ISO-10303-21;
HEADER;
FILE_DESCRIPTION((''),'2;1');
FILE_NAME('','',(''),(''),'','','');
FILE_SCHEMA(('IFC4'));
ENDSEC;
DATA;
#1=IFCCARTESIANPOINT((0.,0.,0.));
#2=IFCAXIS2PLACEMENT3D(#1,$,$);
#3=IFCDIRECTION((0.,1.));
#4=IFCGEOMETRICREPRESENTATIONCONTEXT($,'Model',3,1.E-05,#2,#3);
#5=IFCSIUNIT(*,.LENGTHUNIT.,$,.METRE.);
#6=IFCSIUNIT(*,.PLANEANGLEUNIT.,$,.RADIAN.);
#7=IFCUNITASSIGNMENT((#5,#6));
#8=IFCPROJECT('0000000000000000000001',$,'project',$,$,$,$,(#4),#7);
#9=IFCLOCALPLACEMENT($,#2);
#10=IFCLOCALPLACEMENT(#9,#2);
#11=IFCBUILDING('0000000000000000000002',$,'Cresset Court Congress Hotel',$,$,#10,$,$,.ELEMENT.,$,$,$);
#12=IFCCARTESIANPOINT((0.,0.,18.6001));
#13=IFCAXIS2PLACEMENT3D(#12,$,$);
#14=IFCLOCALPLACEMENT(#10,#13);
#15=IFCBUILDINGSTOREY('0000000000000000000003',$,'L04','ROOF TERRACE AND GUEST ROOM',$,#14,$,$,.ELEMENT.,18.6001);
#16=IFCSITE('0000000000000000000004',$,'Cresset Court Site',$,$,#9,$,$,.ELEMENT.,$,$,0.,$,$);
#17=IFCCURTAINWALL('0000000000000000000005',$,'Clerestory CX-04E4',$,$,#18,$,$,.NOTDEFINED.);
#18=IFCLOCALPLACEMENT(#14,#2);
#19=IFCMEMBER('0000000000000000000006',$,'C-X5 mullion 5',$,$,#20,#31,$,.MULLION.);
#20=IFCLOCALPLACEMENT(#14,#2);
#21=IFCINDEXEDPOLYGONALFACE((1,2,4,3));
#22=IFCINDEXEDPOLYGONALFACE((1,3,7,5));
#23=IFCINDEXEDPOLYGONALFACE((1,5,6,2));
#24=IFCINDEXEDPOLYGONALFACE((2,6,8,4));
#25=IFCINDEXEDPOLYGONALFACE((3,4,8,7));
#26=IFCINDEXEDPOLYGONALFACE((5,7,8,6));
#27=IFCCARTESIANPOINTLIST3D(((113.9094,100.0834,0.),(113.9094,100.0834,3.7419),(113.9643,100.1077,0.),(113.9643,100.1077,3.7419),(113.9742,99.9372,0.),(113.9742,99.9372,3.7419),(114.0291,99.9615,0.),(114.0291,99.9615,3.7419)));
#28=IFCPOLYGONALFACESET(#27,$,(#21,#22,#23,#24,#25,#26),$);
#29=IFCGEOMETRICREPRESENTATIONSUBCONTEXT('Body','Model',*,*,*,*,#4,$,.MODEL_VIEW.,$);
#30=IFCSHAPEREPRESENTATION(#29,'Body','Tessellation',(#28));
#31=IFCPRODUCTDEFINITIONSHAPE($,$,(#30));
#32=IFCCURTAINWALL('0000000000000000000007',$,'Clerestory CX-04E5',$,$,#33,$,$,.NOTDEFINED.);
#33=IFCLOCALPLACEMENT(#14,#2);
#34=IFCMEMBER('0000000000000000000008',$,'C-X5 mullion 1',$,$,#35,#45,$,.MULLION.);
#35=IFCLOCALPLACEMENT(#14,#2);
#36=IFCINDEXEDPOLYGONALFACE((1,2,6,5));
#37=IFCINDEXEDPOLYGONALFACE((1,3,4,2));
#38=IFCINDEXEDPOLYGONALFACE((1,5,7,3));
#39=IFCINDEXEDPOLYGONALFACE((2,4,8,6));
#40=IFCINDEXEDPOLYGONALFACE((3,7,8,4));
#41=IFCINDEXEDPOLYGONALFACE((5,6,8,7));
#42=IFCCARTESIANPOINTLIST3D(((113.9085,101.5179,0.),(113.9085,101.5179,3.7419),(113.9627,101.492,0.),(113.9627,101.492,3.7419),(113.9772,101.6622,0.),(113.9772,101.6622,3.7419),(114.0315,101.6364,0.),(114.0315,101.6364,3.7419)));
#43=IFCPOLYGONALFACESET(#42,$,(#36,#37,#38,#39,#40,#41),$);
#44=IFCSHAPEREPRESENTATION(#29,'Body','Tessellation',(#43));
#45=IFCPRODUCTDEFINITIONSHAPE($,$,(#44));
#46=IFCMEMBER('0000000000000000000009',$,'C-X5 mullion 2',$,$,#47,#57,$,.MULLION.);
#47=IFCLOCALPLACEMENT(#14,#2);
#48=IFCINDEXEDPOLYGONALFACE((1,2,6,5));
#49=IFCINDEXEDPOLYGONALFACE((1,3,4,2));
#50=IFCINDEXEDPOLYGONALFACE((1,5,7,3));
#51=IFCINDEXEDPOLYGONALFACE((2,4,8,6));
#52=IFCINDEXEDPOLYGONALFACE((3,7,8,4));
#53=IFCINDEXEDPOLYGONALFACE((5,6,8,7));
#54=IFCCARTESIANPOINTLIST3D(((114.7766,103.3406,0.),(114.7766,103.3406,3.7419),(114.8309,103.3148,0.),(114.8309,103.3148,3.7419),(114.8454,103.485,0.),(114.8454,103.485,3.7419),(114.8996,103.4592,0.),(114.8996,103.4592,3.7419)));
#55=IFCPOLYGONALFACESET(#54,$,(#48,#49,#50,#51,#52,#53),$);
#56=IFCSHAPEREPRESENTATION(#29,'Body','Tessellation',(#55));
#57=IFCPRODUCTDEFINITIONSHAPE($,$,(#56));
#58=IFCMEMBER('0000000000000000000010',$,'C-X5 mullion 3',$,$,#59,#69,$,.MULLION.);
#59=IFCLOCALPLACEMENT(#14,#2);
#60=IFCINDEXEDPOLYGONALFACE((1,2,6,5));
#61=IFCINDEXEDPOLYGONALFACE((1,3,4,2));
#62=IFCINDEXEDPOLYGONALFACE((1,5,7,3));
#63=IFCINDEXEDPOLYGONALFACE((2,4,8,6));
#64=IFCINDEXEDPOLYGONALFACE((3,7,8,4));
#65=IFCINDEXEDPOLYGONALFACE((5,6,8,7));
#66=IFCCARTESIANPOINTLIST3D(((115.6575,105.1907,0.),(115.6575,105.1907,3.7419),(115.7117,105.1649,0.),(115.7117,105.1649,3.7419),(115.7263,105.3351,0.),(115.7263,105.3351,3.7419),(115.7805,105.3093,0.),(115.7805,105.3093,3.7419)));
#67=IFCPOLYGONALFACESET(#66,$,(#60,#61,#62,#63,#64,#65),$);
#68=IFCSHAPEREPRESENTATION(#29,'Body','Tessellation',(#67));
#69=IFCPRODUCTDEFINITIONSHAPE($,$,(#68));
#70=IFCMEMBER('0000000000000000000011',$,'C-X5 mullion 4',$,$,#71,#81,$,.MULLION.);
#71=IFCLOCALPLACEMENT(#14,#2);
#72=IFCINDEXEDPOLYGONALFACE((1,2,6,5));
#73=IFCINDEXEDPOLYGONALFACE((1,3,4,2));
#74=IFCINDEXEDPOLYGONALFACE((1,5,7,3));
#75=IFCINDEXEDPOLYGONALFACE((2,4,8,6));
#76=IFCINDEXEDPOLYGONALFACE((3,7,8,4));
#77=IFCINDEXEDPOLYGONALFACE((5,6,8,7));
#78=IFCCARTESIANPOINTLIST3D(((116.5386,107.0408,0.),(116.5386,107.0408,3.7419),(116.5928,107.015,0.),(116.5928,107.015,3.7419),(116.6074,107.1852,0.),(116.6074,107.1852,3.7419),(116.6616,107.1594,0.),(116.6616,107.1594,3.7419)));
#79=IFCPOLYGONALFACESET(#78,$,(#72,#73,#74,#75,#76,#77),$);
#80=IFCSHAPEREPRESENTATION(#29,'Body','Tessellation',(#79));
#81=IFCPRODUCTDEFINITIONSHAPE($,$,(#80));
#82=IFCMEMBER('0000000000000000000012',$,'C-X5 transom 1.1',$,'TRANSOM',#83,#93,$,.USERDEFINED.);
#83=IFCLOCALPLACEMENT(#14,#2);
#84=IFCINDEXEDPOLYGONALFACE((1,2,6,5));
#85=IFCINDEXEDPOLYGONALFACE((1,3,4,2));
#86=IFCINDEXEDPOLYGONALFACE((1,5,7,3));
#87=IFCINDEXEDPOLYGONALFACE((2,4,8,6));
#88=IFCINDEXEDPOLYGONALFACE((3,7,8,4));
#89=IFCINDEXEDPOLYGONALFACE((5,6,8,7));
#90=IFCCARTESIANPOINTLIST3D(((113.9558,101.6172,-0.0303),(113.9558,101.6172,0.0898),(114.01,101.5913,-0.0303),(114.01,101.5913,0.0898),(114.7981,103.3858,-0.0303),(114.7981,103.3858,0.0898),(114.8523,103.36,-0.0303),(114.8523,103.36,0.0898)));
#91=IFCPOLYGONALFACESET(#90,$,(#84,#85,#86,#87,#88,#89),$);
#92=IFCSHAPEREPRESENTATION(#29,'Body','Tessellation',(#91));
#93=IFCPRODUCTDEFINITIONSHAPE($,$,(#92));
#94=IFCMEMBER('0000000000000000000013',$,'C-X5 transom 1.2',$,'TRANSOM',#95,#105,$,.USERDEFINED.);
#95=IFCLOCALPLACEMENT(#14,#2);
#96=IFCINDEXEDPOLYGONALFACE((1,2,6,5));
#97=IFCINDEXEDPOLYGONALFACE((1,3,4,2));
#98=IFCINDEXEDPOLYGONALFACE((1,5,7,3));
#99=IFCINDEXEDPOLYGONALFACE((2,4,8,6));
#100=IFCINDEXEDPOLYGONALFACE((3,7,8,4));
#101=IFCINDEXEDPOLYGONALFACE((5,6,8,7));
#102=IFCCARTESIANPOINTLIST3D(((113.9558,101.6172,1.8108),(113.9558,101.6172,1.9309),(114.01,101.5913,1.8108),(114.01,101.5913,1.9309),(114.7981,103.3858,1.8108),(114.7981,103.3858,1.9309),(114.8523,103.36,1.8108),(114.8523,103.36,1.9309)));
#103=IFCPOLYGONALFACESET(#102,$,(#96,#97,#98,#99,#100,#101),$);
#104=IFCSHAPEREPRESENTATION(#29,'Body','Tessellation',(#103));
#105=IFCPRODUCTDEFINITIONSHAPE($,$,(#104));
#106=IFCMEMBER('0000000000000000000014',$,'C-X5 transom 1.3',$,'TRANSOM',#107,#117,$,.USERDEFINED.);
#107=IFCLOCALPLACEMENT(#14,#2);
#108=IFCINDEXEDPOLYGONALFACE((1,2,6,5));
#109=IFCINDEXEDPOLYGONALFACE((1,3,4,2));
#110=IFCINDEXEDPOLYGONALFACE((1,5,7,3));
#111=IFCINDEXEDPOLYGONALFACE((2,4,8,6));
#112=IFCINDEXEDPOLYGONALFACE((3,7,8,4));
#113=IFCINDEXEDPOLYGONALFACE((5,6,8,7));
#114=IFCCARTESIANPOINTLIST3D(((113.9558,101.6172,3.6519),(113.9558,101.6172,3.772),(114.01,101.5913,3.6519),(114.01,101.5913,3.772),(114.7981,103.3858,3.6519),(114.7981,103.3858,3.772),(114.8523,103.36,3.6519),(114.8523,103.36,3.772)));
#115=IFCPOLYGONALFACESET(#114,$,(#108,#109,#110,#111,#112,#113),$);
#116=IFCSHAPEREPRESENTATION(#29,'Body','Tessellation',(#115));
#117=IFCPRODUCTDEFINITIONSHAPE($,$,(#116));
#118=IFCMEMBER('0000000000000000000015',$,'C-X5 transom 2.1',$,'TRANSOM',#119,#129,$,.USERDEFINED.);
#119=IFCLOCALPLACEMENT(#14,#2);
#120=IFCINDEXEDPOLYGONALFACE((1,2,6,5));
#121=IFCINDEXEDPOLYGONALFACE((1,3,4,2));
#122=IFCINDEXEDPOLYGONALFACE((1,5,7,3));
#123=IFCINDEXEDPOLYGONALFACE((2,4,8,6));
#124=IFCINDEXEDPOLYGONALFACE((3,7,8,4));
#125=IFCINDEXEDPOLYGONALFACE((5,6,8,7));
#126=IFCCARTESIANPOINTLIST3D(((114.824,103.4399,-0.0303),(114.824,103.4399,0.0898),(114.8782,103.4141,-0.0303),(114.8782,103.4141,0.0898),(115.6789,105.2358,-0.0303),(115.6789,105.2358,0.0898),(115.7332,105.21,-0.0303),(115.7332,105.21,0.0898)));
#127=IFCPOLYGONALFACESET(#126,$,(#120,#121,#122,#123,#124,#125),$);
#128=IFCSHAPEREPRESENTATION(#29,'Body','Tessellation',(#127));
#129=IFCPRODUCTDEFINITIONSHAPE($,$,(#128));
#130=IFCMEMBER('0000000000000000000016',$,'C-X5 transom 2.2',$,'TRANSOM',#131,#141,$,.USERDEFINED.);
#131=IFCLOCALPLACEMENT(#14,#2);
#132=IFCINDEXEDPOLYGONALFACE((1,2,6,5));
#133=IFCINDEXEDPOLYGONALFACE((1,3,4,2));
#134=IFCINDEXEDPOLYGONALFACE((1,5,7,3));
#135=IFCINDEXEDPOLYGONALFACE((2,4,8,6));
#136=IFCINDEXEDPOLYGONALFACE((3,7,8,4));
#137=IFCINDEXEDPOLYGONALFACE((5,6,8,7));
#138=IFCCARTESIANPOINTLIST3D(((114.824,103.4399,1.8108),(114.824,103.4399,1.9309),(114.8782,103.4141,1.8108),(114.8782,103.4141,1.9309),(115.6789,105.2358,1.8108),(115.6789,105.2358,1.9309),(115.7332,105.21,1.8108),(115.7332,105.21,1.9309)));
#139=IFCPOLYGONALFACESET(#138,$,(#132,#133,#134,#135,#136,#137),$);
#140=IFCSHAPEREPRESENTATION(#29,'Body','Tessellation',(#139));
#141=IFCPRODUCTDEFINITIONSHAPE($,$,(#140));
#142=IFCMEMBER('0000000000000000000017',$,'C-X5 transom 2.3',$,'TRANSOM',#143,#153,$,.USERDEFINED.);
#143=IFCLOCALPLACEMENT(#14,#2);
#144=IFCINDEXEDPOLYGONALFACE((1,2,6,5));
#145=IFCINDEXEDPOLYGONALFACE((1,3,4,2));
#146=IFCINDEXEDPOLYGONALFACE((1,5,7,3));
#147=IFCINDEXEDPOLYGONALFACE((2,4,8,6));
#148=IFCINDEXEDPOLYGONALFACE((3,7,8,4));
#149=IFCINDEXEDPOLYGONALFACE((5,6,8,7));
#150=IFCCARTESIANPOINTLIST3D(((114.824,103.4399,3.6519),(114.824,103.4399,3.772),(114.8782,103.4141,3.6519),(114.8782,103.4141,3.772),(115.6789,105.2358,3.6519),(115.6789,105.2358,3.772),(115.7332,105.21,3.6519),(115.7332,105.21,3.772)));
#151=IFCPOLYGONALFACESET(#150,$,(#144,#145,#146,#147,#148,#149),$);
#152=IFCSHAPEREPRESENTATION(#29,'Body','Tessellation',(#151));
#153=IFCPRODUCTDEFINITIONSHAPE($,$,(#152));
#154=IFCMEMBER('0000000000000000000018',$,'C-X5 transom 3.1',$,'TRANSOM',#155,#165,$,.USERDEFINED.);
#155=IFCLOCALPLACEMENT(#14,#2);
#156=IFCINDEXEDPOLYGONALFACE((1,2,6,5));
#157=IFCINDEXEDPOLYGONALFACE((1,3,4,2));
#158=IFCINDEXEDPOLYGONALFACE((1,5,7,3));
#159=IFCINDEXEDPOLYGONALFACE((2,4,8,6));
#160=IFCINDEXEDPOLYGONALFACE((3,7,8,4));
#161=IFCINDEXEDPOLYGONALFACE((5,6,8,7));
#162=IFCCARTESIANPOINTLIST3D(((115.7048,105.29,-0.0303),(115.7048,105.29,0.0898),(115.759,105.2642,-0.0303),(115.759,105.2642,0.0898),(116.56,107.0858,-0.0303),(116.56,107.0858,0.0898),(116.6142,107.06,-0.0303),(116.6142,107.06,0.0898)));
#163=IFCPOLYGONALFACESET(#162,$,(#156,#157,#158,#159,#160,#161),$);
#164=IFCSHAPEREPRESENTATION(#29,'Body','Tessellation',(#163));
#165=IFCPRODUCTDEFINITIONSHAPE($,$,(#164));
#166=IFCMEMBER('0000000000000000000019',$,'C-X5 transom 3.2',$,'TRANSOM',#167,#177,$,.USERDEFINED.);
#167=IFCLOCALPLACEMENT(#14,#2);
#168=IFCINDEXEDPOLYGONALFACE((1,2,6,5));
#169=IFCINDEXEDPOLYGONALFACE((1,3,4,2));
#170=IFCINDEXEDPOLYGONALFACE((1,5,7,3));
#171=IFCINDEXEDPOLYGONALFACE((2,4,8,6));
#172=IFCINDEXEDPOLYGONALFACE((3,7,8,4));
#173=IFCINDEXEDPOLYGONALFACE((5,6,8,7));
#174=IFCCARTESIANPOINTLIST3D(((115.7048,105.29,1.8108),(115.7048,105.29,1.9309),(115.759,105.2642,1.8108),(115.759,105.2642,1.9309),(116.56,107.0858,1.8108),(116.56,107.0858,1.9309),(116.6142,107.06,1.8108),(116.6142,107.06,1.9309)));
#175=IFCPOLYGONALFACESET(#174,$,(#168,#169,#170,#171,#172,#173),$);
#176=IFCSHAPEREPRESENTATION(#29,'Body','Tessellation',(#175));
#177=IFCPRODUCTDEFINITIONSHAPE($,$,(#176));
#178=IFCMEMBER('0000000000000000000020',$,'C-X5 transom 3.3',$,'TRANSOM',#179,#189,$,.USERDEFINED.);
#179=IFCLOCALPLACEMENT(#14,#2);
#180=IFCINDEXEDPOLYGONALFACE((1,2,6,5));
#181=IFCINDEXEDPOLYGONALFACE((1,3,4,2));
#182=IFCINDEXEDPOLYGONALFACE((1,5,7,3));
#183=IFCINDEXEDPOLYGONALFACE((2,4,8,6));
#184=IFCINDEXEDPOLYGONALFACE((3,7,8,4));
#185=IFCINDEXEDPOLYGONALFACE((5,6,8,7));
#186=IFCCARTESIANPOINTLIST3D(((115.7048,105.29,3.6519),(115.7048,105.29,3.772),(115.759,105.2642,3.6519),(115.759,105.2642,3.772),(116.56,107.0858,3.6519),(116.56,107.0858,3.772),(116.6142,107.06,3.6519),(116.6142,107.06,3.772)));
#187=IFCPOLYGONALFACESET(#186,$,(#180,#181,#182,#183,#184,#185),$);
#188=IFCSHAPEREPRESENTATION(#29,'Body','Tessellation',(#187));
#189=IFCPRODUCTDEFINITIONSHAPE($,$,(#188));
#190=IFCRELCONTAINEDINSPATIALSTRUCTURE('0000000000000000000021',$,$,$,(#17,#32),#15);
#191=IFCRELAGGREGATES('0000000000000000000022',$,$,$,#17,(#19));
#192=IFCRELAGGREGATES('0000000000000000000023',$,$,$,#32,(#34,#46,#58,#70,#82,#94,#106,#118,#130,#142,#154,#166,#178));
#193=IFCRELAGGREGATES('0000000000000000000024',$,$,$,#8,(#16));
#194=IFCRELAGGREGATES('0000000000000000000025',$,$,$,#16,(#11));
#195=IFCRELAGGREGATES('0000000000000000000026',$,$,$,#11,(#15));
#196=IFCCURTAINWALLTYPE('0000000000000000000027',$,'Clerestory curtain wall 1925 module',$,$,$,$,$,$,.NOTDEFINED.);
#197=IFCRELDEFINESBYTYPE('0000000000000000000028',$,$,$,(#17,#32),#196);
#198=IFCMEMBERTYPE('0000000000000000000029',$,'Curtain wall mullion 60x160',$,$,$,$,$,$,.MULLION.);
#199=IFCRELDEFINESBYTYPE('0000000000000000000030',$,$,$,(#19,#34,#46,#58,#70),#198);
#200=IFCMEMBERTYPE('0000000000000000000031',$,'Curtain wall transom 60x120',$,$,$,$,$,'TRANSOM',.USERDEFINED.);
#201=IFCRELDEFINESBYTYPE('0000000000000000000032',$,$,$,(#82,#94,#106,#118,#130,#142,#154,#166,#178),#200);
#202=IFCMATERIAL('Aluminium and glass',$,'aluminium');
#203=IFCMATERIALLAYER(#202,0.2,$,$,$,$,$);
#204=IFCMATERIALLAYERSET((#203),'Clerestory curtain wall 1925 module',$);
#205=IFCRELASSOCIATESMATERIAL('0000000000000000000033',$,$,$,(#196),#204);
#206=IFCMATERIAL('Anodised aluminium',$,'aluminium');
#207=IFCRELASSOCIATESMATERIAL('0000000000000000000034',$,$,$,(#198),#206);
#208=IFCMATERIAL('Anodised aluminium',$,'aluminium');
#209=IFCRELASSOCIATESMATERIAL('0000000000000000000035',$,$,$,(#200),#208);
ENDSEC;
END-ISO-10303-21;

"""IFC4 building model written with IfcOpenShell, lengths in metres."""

from ifc_helpers import new_model, si_unit, direction, frame, origin, origin_2d, place, context, subcontext, project, spatial, rectangle, extrude, material, layer, layer_set, material_profile, profile_set, type_object, element, aggregate, save


model = new_model("IFC4")

# Units and contexts
model_context = context("Model", 3, precision=1e-05, world=origin(), true_north=direction((0.0, 1.0)))
body_context = subcontext(model_context, "Body", "Model", "MODEL_VIEW")
ifc_project = project(units=[si_unit("LENGTHUNIT", "METRE"), si_unit("PLANEANGLEUNIT", "RADIAN")], contexts=[model_context])

# Site, building, storey
site_placement = place(None, origin())
site = spatial("IfcSite", under=ifc_project, at=site_placement, Name="Cresset Court Site", CompositionType="ELEMENT", RefElevation=0.0)
building_placement = place(site_placement, origin())
building = spatial("IfcBuilding", under=site, at=building_placement, Name="Cresset Court Congress Hotel", CompositionType="ELEMENT")
storey_placement = place(building_placement, frame((0.0, 0.0, 18.6001)))
storey = spatial("IfcBuildingStorey", under=building, at=storey_placement, Name="L04", Description="ROOF TERRACE AND GUEST ROOM", CompositionType="ELEMENT", Elevation=18.6001)

# Curtain wall, member
ifc_material_1 = material(Name="Aluminium and glass", Category="aluminium")
ifc_layer_1 = layer(ifc_material_1, 0.2)
ifc_layer_set_1 = layer_set([ifc_layer_1], Name="Clerestory curtain wall 1925 module")
curtain_wall_type = type_object("IfcCurtainWallType", Name="Clerestory curtain wall 1925 module", PredefinedType="NOTDEFINED", material=ifc_layer_set_1)
curtain_wall_1_placement = place(storey_placement, origin())
curtain_wall_1 = element("IfcCurtainWall", 1, at=curtain_wall_1_placement, inside=storey, type_object=curtain_wall_type, Name="Clerestory CX-04E4", PredefinedType="NOTDEFINED")
ifc_material_2 = material(Name="Anodised aluminium", Category="aluminium")
ifc_material_profile_1 = material_profile(ifc_material_2, rectangle(XDim=0.0601, YDim=0.1599, at=origin_2d()), Name="AL60x160")
ifc_profile_set_1 = profile_set([ifc_material_profile_1], Name="Anodised aluminium")
member_type_1 = type_object("IfcMemberType", Name="Curtain wall mullion 60x160", PredefinedType="MULLION", material=ifc_profile_set_1)
member_1_placement = place(storey_placement, frame((113.9692, 100.0225, 0.0), z_axis=(0.0, 0.0, 1.0), x_axis=(-0.914148, -0.405381, 0.0)))
member_1 = element("IfcMember", 2, at=member_1_placement, type_object=member_type_1, Name="C-X5 mullion 5", PredefinedType="MULLION", context=body_context, shape_type="SweptSolid", body=[
    extrude(rectangle(XDim=0.0601, YDim=0.1599, at=origin_2d()), origin(), (0.0, 0.0, 1.0), 3.7419),
])
aggregate(curtain_wall_1, [member_1])

# Curtain wall, members
curtain_wall_2_placement = place(storey_placement, origin())
curtain_wall_2 = element("IfcCurtainWall", 3, at=curtain_wall_2_placement, inside=storey, type_object=curtain_wall_type, Name="Clerestory CX-04E5", PredefinedType="NOTDEFINED")
member_2_placement = place(storey_placement, frame((113.97, 101.5771, 0.0), z_axis=(0.0, 0.0, 1.0), x_axis=(-0.902861, 0.429934, 0.0)))
member_2 = element("IfcMember", 4, at=member_2_placement, type_object=member_type_1, Name="C-X5 mullion 1", PredefinedType="MULLION", context=body_context, shape_type="SweptSolid", body=[
    extrude(rectangle(XDim=0.0601, YDim=0.1599, at=origin_2d()), origin(), (0.0, 0.0, 1.0), 3.7419),
])
member_3_placement = place(storey_placement, frame((114.8381, 103.3999, 0.0), z_axis=(0.0, 0.0, 1.0), x_axis=(-0.902861, 0.429934, 0.0)))
member_3 = element("IfcMember", 5, at=member_3_placement, type_object=member_type_1, Name="C-X5 mullion 2", PredefinedType="MULLION", context=body_context, shape_type="SweptSolid", body=[
    extrude(rectangle(XDim=0.0601, YDim=0.1599, at=origin_2d()), origin(), (0.0, 0.0, 1.0), 3.7419),
])
member_4_placement = place(storey_placement, frame((115.719, 105.25, 0.0), z_axis=(0.0, 0.0, 1.0), x_axis=(-0.902861, 0.429934, 0.0)))
member_4 = element("IfcMember", 6, at=member_4_placement, type_object=member_type_1, Name="C-X5 mullion 3", PredefinedType="MULLION", context=body_context, shape_type="SweptSolid", body=[
    extrude(rectangle(XDim=0.0601, YDim=0.1599, at=origin_2d()), origin(), (0.0, 0.0, 1.0), 3.7419),
])
member_5_placement = place(storey_placement, frame((116.6001, 107.1001, 0.0), z_axis=(0.0, 0.0, 1.0), x_axis=(-0.902861, 0.429934, 0.0)))
member_5 = element("IfcMember", 7, at=member_5_placement, type_object=member_type_1, Name="C-X5 mullion 4", PredefinedType="MULLION", context=body_context, shape_type="SweptSolid", body=[
    extrude(rectangle(XDim=0.0601, YDim=0.1599, at=origin_2d()), origin(), (0.0, 0.0, 1.0), 3.7419),
])
ifc_material_3 = material(Name="Anodised aluminium", Category="aluminium")
ifc_material_profile_2 = material_profile(ifc_material_3, rectangle(XDim=0.0601, YDim=0.1201, at=origin_2d()), Name="AL60x120")
ifc_profile_set_2 = profile_set([ifc_material_profile_2], Name="Anodised aluminium")
member_type_2 = type_object("IfcMemberType", Name="Curtain wall transom 60x120", ElementType="TRANSOM", PredefinedType="USERDEFINED", material=ifc_profile_set_2)
member_6_placement = place(storey_placement, frame((113.9829, 101.6042, 0.0298), z_axis=(0.429982, 0.902837, 0.0), x_axis=(-0.902837, 0.429982, 0.0)))
member_6 = element("IfcMember", 8, at=member_6_placement, type_object=member_type_2, Name="C-X5 transom 1.1", ObjectType="TRANSOM", PredefinedType="USERDEFINED", context=body_context, shape_type="SweptSolid", body=[
    extrude(rectangle(XDim=0.0601, YDim=0.1201, at=origin_2d()), origin(), (0.0, 0.0, 1.0), 1.959),
])
member_7_placement = place(storey_placement, frame((113.9829, 101.6042, 1.8708), z_axis=(0.429982, 0.902837, 0.0), x_axis=(-0.902837, 0.429982, 0.0)))
member_7 = element("IfcMember", 9, at=member_7_placement, type_object=member_type_2, Name="C-X5 transom 1.2", ObjectType="TRANSOM", PredefinedType="USERDEFINED", context=body_context, shape_type="SweptSolid", body=[
    extrude(rectangle(XDim=0.0601, YDim=0.1201, at=origin_2d()), origin(), (0.0, 0.0, 1.0), 1.959),
])
member_8_placement = place(storey_placement, frame((113.9829, 101.6042, 3.7119), z_axis=(0.429982, 0.902837, 0.0), x_axis=(-0.902837, 0.429982, 0.0)))
member_8 = element("IfcMember", 10, at=member_8_placement, type_object=member_type_2, Name="C-X5 transom 1.3", ObjectType="TRANSOM", PredefinedType="USERDEFINED", context=body_context, shape_type="SweptSolid", body=[
    extrude(rectangle(XDim=0.0601, YDim=0.1201, at=origin_2d()), origin(), (0.0, 0.0, 1.0), 1.959),
])
member_9_placement = place(storey_placement, frame((114.8511, 103.427, 0.0298), z_axis=(0.429848, 0.902901, 0.0), x_axis=(-0.902901, 0.429848, 0.0)))
member_9 = element("IfcMember", 11, at=member_9_placement, type_object=member_type_2, Name="C-X5 transom 2.1", ObjectType="TRANSOM", PredefinedType="USERDEFINED", context=body_context, shape_type="SweptSolid", body=[
    extrude(rectangle(XDim=0.0601, YDim=0.1201, at=origin_2d()), origin(), (0.0, 0.0, 1.0), 1.989),
])
member_10_placement = place(storey_placement, frame((114.8511, 103.427, 1.8708), z_axis=(0.429848, 0.902901, 0.0), x_axis=(-0.902901, 0.429848, 0.0)))
member_10 = element("IfcMember", 12, at=member_10_placement, type_object=member_type_2, Name="C-X5 transom 2.2", ObjectType="TRANSOM", PredefinedType="USERDEFINED", context=body_context, shape_type="SweptSolid", body=[
    extrude(rectangle(XDim=0.0601, YDim=0.1201, at=origin_2d()), origin(), (0.0, 0.0, 1.0), 1.989),
])
member_11_placement = place(storey_placement, frame((114.8511, 103.427, 3.7119), z_axis=(0.429848, 0.902901, 0.0), x_axis=(-0.902901, 0.429848, 0.0)))
member_11 = element("IfcMember", 13, at=member_11_placement, type_object=member_type_2, Name="C-X5 transom 2.3", ObjectType="TRANSOM", PredefinedType="USERDEFINED", context=body_context, shape_type="SweptSolid", body=[
    extrude(rectangle(XDim=0.0601, YDim=0.1201, at=origin_2d()), origin(), (0.0, 0.0, 1.0), 1.989),
])
member_12_placement = place(storey_placement, frame((115.7319, 105.2771, 0.0298), z_axis=(0.429948, 0.902854, 0.0), x_axis=(-0.902854, 0.429948, 0.0)))
member_12 = element("IfcMember", 14, at=member_12_placement, type_object=member_type_2, Name="C-X5 transom 3.1", ObjectType="TRANSOM", PredefinedType="USERDEFINED", context=body_context, shape_type="SweptSolid", body=[
    extrude(rectangle(XDim=0.0601, YDim=0.1201, at=origin_2d()), origin(), (0.0, 0.0, 1.0), 1.989),
])
member_13_placement = place(storey_placement, frame((115.7319, 105.2771, 1.8708), z_axis=(0.429948, 0.902854, 0.0), x_axis=(-0.902854, 0.429948, 0.0)))
member_13 = element("IfcMember", 15, at=member_13_placement, type_object=member_type_2, Name="C-X5 transom 3.2", ObjectType="TRANSOM", PredefinedType="USERDEFINED", context=body_context, shape_type="SweptSolid", body=[
    extrude(rectangle(XDim=0.0601, YDim=0.1201, at=origin_2d()), origin(), (0.0, 0.0, 1.0), 1.989),
])
member_14_placement = place(storey_placement, frame((115.7319, 105.2771, 3.7119), z_axis=(0.429948, 0.902854, 0.0), x_axis=(-0.902854, 0.429948, 0.0)))
member_14 = element("IfcMember", 16, at=member_14_placement, type_object=member_type_2, Name="C-X5 transom 3.3", ObjectType="TRANSOM", PredefinedType="USERDEFINED", context=body_context, shape_type="SweptSolid", body=[
    extrude(rectangle(XDim=0.0601, YDim=0.1201, at=origin_2d()), origin(), (0.0, 0.0, 1.0), 1.989),
])

aggregate(curtain_wall_2, [member_2, member_3, member_4, member_5, member_6, member_7, member_8, member_9, member_10, member_11, member_12, member_13, member_14])

save(model, "model.ifc")
